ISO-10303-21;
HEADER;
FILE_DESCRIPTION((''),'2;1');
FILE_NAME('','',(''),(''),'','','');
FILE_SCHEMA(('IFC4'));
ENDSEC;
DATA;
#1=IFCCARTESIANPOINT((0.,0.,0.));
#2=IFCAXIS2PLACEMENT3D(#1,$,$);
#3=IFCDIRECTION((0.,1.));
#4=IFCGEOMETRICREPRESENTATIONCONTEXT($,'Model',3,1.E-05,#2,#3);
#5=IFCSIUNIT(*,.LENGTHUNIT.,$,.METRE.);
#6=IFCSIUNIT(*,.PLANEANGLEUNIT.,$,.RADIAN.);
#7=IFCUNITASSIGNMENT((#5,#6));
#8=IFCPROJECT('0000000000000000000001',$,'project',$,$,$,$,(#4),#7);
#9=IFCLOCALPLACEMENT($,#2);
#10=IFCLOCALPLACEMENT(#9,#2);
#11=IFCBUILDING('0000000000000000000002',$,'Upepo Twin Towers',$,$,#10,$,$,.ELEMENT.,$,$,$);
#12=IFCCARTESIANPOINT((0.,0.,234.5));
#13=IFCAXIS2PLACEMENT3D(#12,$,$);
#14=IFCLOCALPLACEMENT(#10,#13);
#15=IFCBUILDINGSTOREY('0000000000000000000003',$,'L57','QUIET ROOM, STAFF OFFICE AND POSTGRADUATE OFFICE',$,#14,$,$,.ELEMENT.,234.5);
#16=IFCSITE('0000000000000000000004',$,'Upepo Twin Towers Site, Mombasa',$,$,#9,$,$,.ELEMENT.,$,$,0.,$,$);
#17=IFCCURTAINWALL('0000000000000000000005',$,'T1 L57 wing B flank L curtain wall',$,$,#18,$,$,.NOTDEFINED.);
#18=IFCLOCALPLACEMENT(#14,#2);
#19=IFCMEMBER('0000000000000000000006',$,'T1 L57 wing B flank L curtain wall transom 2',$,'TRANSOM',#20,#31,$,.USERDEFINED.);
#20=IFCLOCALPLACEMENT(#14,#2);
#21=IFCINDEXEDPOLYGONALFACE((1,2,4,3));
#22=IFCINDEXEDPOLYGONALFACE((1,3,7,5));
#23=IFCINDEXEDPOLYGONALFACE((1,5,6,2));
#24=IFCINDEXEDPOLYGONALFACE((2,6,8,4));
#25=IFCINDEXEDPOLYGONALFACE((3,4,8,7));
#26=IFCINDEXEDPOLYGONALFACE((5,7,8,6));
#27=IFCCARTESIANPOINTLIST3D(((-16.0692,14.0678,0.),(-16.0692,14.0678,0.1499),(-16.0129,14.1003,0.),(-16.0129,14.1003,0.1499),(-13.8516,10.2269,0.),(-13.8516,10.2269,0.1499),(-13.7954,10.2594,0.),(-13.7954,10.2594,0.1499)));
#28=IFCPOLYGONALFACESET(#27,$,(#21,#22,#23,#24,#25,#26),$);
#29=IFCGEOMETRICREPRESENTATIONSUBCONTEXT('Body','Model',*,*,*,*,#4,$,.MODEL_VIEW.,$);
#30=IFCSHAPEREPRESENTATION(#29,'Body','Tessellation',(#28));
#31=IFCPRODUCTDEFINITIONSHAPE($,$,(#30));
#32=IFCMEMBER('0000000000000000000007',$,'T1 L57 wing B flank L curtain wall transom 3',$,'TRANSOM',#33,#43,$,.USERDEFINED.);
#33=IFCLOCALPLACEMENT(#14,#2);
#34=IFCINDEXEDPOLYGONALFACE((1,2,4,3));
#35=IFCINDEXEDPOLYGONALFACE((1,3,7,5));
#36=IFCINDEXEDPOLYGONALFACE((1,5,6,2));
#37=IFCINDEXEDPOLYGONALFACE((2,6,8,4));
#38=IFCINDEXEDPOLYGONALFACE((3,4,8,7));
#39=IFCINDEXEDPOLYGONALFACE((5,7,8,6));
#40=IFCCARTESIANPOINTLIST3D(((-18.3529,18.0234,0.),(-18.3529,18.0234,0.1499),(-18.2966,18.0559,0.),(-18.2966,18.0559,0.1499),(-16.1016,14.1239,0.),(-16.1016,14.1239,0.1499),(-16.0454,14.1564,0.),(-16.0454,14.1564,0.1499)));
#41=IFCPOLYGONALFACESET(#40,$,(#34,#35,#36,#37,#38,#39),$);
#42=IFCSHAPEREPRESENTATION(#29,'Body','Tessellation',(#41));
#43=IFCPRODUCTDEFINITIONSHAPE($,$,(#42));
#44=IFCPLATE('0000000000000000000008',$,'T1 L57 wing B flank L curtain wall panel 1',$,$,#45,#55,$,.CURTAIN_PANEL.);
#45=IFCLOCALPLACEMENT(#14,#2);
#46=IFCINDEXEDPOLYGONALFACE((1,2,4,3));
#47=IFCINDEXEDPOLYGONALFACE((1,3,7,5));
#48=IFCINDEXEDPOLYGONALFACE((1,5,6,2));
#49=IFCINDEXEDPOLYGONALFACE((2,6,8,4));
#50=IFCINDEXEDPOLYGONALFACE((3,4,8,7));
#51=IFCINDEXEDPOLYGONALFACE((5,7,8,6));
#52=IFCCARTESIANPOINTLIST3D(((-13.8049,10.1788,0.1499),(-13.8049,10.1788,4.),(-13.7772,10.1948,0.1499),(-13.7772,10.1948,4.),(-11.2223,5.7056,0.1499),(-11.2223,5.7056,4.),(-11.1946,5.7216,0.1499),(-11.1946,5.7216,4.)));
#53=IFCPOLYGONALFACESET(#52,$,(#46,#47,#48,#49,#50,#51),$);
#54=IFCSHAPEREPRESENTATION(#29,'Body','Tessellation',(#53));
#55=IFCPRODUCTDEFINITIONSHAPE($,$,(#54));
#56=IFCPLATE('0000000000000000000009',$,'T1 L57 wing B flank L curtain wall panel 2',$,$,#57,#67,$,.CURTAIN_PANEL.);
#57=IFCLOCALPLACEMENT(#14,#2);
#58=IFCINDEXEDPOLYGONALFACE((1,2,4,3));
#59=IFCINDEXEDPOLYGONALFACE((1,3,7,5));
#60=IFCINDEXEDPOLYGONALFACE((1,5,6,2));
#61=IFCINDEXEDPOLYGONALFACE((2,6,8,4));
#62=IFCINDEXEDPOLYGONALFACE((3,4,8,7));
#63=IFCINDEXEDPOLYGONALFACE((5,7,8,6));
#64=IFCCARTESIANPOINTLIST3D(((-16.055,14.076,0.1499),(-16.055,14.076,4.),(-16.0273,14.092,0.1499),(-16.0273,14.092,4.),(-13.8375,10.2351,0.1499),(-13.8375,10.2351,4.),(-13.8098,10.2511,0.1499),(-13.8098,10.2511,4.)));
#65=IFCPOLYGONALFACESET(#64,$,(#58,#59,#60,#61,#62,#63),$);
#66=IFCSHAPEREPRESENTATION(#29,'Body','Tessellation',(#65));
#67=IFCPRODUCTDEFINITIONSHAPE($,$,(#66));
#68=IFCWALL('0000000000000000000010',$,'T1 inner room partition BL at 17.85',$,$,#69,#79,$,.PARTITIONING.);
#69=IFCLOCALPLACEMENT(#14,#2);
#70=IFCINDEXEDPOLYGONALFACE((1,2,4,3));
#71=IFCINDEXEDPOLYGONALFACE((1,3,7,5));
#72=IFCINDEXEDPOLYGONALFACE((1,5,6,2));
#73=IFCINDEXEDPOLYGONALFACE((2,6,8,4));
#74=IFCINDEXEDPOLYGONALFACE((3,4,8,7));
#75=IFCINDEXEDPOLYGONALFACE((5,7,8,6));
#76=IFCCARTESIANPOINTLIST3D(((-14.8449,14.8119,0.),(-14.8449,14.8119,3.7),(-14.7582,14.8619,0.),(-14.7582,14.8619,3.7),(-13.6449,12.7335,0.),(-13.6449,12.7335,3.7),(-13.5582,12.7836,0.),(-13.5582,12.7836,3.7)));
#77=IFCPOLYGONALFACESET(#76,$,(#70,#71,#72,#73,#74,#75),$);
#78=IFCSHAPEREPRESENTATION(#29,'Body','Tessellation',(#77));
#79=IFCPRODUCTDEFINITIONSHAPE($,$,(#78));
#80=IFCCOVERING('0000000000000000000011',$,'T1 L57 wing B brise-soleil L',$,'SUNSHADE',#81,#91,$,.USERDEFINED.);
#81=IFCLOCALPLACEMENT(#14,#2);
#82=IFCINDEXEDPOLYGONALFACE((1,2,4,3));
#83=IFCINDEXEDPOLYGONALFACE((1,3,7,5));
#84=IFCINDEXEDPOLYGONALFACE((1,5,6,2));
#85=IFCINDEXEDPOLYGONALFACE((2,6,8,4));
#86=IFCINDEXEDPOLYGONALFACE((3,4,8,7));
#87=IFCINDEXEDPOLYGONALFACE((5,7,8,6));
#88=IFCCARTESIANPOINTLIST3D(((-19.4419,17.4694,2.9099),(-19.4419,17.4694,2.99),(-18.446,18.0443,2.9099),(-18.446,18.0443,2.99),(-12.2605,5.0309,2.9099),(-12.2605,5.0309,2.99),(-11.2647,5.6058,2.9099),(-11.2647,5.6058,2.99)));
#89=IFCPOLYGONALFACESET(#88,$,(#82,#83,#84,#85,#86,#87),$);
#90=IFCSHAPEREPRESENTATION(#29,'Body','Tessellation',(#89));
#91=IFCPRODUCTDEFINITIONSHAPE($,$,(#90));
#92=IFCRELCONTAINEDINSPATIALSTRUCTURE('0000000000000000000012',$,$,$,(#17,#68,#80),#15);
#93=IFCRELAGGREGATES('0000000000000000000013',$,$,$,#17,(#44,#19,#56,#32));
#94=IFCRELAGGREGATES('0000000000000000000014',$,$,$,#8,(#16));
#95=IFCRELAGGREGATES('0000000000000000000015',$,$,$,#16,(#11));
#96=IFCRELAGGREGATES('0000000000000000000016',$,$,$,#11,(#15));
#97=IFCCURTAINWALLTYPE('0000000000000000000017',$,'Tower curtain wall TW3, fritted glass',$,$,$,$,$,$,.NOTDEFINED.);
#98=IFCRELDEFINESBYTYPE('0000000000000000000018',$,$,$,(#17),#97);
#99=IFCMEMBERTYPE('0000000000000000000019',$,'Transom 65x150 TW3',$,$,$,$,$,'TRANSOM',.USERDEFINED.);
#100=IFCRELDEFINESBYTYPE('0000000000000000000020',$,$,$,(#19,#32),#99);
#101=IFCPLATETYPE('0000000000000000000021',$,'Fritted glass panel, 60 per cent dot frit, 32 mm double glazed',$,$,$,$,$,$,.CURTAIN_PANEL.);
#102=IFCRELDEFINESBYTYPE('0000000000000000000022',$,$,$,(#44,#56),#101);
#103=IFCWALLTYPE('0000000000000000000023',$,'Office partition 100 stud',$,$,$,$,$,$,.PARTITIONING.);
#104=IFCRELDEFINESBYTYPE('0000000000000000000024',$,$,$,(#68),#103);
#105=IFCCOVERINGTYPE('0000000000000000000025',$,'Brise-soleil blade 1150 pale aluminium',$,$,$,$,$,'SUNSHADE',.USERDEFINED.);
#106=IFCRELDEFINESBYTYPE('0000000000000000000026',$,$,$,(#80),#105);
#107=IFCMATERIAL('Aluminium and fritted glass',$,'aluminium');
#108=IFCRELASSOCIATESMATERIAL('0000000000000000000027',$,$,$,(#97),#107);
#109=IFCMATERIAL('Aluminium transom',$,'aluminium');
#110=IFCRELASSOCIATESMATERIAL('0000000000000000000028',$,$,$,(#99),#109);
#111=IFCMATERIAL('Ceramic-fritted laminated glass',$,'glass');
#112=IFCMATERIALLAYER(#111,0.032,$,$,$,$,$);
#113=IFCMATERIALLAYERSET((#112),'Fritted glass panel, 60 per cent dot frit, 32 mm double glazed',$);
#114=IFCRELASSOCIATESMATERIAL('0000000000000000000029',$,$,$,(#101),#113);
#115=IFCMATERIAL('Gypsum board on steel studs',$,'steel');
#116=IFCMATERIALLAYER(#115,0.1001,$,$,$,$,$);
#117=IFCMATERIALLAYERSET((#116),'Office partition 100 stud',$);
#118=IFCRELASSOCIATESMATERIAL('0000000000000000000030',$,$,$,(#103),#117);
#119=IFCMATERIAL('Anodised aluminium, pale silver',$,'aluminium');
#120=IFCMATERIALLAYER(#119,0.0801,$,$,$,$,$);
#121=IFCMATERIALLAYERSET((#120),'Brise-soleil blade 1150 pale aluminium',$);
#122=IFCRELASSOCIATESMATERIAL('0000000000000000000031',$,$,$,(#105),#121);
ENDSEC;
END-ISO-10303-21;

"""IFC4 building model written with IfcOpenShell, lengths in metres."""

from ifc_helpers import new_model, si_unit, direction, frame, frame_2d, origin, origin_2d, place, context, subcontext, project, spatial, rectangle, extrude, material, layer, layer_set, material_profile, profile_set, type_object, element, aggregate, save


model = new_model("IFC4")

# Units and contexts
model_context = context("Model", 3, precision=1e-05, world=origin(), true_north=direction((0.0, 1.0)))
body_context = subcontext(model_context, "Body", "Model", "MODEL_VIEW")
ifc_project = project(units=[si_unit("LENGTHUNIT", "METRE"), si_unit("PLANEANGLEUNIT", "RADIAN")], contexts=[model_context])

# Site, building, storey
site_placement = place(None, origin())
site = spatial("IfcSite", under=ifc_project, at=site_placement, Name="Upepo Twin Towers Site, Mombasa", CompositionType="ELEMENT", RefElevation=0.0)
building_placement = place(site_placement, origin())
building = spatial("IfcBuilding", under=site, at=building_placement, Name="Upepo Twin Towers", CompositionType="ELEMENT")
storey_placement = place(building_placement, frame((0.0, 0.0, 234.5)))
storey = spatial("IfcBuildingStorey", under=building, at=storey_placement, Name="L57", Description="QUIET ROOM, STAFF OFFICE AND POSTGRADUATE OFFICE", CompositionType="ELEMENT", Elevation=234.5)

# Curtain wall, members, plates
ifc_material_1 = material(Name="Aluminium and fritted glass", Category="aluminium")
curtain_wall_type = type_object("IfcCurtainWallType", Name="Tower curtain wall TW3, fritted glass", PredefinedType="NOTDEFINED", material=ifc_material_1)
curtain_wall_placement = place(storey_placement, origin())
curtain_wall = element("IfcCurtainWall", 1, at=curtain_wall_placement, inside=storey, type_object=curtain_wall_type, Name="T1 L57 wing B flank L curtain wall", PredefinedType="NOTDEFINED")
ifc_material_2 = material(Name="Aluminium transom", Category="aluminium")
ifc_material_profile_1 = material_profile(ifc_material_2, rectangle(XDim=0.0649, YDim=0.1499, at=origin_2d()), Name="TRANSOM 65x150")
ifc_profile_set_1 = profile_set([ifc_material_profile_1], Name="Aluminium transom")
member_type_1 = type_object("IfcMemberType", Name="Transom 65x150 TW3", ElementType="TRANSOM", PredefinedType="USERDEFINED", material=ifc_profile_set_1)
member_1_placement = place(storey_placement, frame((-13.8235, 10.2432, 0.075), z_axis=(-0.500005, 0.866022, 0.0), x_axis=(-0.866022, -0.500005, 0.0)))
member_1 = element("IfcMember", 2, at=member_1_placement, type_object=member_type_1, Name="T1 L57 wing B flank L curtain wall transom 2", ObjectType="TRANSOM", PredefinedType="USERDEFINED", context=body_context, shape_type="SweptSolid", body=[
    extrude(rectangle(XDim=0.0649, YDim=0.1499, at=origin_2d()), origin(), (0.0, 0.0, 1.0), 4.4351),
])
member_2_placement = place(storey_placement, frame((-16.0735, 14.1401, 0.075), z_axis=(-0.499982, 0.866036, 0.0), x_axis=(-0.866036, -0.499982, 0.0)))
member_2 = element("IfcMember", 3, at=member_2_placement, type_object=member_type_1, Name="T1 L57 wing B flank L curtain wall transom 3", ObjectType="TRANSOM", PredefinedType="USERDEFINED", context=body_context, shape_type="SweptSolid", body=[
    extrude(rectangle(XDim=0.0649, YDim=0.1499, at=origin_2d()), origin(), (0.0, 0.0, 1.0), 4.5027),
])
ifc_material_3 = material(Name="Ceramic-fritted laminated glass", Category="glass")
ifc_layer_1 = layer(ifc_material_3, 0.032)
ifc_layer_set_1 = layer_set([ifc_layer_1], Name="Fritted glass panel, 60 per cent dot frit, 32 mm double glazed")
plate_type = type_object("IfcPlateType", Name="Fritted glass panel, 60 per cent dot frit, 32 mm double glazed", PredefinedType="CURTAIN_PANEL", material=ifc_layer_set_1)
plate_1_placement = place(storey_placement, frame((-12.4998, 7.9502, 0.1499), z_axis=(0.0, 0.0, 1.0), x_axis=(-0.5, 0.866025, 0.0)))
plate_1 = element("IfcPlate", 4, at=plate_1_placement, type_object=plate_type, Name="T1 L57 wing B flank L curtain wall panel 1", PredefinedType="CURTAIN_PANEL", context=body_context, shape_type="SweptSolid", body=[
    extrude(rectangle(XDim=5.1653, YDim=0.032, at=origin_2d()), origin(), (0.0, 0.0, 1.0), 3.8501),
])
plate_2_placement = place(storey_placement, frame((-14.9324, 12.1636, 0.1499), z_axis=(0.0, 0.0, 1.0), x_axis=(-0.5, 0.866025, 0.0)))
plate_2 = element("IfcPlate", 5, at=plate_2_placement, type_object=plate_type, Name="T1 L57 wing B flank L curtain wall panel 2", PredefinedType="CURTAIN_PANEL", context=body_context, shape_type="SweptSolid", body=[
    extrude(rectangle(XDim=4.4351, YDim=0.032, at=origin_2d()), origin(), (0.0, 0.0, 1.0), 3.8501),
])
aggregate(curtain_wall, [plate_1, member_1, plate_2, member_2])

# Wall
ifc_material_4 = material(Name="Gypsum board on steel studs", Category="steel")
ifc_layer_2 = layer(ifc_material_4, 0.1001)
ifc_layer_set_2 = layer_set([ifc_layer_2], Name="Office partition 100 stud")
wall_type = type_object("IfcWallType", Name="Office partition 100 stud", PredefinedType="PARTITIONING", material=ifc_layer_set_2)
wall_placement = place(storey_placement, frame((-13.6016, 12.7585, 0.0), z_axis=(0.0, 0.0, 1.0), x_axis=(-0.500001, 0.866025, 0.0)))
element("IfcWall", 6, at=wall_placement, inside=storey, type_object=wall_type, Name="T1 inner room partition BL at 17.85", PredefinedType="PARTITIONING", context=body_context, shape_type="SweptSolid", body=[
    extrude(rectangle(XDim=2.3999, YDim=0.1001, at=frame_2d((1.2, 0.0))), origin(), (0.0, 0.0, 1.0), 3.7),
])

# Covering
ifc_material_5 = material(Name="Anodised aluminium, pale silver", Category="aluminium")
ifc_layer_3 = layer(ifc_material_5, 0.0801)
ifc_layer_set_3 = layer_set([ifc_layer_3], Name="Brise-soleil blade 1150 pale aluminium")
covering_type = type_object("IfcCoveringType", Name="Brise-soleil blade 1150 pale aluminium", ElementType="SUNSHADE", PredefinedType="USERDEFINED", material=ifc_layer_set_3)
covering_placement = place(storey_placement, frame((-15.3533, 11.5376, 2.9099), z_axis=(0.0, 0.0, 1.0), x_axis=(-0.5, 0.866025, 0.0)))
element("IfcCovering", 7, at=covering_placement, inside=storey, type_object=covering_type, Name="T1 L57 wing B brise-soleil L", ObjectType="SUNSHADE", PredefinedType="USERDEFINED", context=body_context, shape_type="SweptSolid", body=[
    extrude(rectangle(XDim=14.3628, YDim=1.1499, at=origin_2d()), origin(), (0.0, 0.0, 1.0), 0.0801),
])

save(model, "model.ifc")
